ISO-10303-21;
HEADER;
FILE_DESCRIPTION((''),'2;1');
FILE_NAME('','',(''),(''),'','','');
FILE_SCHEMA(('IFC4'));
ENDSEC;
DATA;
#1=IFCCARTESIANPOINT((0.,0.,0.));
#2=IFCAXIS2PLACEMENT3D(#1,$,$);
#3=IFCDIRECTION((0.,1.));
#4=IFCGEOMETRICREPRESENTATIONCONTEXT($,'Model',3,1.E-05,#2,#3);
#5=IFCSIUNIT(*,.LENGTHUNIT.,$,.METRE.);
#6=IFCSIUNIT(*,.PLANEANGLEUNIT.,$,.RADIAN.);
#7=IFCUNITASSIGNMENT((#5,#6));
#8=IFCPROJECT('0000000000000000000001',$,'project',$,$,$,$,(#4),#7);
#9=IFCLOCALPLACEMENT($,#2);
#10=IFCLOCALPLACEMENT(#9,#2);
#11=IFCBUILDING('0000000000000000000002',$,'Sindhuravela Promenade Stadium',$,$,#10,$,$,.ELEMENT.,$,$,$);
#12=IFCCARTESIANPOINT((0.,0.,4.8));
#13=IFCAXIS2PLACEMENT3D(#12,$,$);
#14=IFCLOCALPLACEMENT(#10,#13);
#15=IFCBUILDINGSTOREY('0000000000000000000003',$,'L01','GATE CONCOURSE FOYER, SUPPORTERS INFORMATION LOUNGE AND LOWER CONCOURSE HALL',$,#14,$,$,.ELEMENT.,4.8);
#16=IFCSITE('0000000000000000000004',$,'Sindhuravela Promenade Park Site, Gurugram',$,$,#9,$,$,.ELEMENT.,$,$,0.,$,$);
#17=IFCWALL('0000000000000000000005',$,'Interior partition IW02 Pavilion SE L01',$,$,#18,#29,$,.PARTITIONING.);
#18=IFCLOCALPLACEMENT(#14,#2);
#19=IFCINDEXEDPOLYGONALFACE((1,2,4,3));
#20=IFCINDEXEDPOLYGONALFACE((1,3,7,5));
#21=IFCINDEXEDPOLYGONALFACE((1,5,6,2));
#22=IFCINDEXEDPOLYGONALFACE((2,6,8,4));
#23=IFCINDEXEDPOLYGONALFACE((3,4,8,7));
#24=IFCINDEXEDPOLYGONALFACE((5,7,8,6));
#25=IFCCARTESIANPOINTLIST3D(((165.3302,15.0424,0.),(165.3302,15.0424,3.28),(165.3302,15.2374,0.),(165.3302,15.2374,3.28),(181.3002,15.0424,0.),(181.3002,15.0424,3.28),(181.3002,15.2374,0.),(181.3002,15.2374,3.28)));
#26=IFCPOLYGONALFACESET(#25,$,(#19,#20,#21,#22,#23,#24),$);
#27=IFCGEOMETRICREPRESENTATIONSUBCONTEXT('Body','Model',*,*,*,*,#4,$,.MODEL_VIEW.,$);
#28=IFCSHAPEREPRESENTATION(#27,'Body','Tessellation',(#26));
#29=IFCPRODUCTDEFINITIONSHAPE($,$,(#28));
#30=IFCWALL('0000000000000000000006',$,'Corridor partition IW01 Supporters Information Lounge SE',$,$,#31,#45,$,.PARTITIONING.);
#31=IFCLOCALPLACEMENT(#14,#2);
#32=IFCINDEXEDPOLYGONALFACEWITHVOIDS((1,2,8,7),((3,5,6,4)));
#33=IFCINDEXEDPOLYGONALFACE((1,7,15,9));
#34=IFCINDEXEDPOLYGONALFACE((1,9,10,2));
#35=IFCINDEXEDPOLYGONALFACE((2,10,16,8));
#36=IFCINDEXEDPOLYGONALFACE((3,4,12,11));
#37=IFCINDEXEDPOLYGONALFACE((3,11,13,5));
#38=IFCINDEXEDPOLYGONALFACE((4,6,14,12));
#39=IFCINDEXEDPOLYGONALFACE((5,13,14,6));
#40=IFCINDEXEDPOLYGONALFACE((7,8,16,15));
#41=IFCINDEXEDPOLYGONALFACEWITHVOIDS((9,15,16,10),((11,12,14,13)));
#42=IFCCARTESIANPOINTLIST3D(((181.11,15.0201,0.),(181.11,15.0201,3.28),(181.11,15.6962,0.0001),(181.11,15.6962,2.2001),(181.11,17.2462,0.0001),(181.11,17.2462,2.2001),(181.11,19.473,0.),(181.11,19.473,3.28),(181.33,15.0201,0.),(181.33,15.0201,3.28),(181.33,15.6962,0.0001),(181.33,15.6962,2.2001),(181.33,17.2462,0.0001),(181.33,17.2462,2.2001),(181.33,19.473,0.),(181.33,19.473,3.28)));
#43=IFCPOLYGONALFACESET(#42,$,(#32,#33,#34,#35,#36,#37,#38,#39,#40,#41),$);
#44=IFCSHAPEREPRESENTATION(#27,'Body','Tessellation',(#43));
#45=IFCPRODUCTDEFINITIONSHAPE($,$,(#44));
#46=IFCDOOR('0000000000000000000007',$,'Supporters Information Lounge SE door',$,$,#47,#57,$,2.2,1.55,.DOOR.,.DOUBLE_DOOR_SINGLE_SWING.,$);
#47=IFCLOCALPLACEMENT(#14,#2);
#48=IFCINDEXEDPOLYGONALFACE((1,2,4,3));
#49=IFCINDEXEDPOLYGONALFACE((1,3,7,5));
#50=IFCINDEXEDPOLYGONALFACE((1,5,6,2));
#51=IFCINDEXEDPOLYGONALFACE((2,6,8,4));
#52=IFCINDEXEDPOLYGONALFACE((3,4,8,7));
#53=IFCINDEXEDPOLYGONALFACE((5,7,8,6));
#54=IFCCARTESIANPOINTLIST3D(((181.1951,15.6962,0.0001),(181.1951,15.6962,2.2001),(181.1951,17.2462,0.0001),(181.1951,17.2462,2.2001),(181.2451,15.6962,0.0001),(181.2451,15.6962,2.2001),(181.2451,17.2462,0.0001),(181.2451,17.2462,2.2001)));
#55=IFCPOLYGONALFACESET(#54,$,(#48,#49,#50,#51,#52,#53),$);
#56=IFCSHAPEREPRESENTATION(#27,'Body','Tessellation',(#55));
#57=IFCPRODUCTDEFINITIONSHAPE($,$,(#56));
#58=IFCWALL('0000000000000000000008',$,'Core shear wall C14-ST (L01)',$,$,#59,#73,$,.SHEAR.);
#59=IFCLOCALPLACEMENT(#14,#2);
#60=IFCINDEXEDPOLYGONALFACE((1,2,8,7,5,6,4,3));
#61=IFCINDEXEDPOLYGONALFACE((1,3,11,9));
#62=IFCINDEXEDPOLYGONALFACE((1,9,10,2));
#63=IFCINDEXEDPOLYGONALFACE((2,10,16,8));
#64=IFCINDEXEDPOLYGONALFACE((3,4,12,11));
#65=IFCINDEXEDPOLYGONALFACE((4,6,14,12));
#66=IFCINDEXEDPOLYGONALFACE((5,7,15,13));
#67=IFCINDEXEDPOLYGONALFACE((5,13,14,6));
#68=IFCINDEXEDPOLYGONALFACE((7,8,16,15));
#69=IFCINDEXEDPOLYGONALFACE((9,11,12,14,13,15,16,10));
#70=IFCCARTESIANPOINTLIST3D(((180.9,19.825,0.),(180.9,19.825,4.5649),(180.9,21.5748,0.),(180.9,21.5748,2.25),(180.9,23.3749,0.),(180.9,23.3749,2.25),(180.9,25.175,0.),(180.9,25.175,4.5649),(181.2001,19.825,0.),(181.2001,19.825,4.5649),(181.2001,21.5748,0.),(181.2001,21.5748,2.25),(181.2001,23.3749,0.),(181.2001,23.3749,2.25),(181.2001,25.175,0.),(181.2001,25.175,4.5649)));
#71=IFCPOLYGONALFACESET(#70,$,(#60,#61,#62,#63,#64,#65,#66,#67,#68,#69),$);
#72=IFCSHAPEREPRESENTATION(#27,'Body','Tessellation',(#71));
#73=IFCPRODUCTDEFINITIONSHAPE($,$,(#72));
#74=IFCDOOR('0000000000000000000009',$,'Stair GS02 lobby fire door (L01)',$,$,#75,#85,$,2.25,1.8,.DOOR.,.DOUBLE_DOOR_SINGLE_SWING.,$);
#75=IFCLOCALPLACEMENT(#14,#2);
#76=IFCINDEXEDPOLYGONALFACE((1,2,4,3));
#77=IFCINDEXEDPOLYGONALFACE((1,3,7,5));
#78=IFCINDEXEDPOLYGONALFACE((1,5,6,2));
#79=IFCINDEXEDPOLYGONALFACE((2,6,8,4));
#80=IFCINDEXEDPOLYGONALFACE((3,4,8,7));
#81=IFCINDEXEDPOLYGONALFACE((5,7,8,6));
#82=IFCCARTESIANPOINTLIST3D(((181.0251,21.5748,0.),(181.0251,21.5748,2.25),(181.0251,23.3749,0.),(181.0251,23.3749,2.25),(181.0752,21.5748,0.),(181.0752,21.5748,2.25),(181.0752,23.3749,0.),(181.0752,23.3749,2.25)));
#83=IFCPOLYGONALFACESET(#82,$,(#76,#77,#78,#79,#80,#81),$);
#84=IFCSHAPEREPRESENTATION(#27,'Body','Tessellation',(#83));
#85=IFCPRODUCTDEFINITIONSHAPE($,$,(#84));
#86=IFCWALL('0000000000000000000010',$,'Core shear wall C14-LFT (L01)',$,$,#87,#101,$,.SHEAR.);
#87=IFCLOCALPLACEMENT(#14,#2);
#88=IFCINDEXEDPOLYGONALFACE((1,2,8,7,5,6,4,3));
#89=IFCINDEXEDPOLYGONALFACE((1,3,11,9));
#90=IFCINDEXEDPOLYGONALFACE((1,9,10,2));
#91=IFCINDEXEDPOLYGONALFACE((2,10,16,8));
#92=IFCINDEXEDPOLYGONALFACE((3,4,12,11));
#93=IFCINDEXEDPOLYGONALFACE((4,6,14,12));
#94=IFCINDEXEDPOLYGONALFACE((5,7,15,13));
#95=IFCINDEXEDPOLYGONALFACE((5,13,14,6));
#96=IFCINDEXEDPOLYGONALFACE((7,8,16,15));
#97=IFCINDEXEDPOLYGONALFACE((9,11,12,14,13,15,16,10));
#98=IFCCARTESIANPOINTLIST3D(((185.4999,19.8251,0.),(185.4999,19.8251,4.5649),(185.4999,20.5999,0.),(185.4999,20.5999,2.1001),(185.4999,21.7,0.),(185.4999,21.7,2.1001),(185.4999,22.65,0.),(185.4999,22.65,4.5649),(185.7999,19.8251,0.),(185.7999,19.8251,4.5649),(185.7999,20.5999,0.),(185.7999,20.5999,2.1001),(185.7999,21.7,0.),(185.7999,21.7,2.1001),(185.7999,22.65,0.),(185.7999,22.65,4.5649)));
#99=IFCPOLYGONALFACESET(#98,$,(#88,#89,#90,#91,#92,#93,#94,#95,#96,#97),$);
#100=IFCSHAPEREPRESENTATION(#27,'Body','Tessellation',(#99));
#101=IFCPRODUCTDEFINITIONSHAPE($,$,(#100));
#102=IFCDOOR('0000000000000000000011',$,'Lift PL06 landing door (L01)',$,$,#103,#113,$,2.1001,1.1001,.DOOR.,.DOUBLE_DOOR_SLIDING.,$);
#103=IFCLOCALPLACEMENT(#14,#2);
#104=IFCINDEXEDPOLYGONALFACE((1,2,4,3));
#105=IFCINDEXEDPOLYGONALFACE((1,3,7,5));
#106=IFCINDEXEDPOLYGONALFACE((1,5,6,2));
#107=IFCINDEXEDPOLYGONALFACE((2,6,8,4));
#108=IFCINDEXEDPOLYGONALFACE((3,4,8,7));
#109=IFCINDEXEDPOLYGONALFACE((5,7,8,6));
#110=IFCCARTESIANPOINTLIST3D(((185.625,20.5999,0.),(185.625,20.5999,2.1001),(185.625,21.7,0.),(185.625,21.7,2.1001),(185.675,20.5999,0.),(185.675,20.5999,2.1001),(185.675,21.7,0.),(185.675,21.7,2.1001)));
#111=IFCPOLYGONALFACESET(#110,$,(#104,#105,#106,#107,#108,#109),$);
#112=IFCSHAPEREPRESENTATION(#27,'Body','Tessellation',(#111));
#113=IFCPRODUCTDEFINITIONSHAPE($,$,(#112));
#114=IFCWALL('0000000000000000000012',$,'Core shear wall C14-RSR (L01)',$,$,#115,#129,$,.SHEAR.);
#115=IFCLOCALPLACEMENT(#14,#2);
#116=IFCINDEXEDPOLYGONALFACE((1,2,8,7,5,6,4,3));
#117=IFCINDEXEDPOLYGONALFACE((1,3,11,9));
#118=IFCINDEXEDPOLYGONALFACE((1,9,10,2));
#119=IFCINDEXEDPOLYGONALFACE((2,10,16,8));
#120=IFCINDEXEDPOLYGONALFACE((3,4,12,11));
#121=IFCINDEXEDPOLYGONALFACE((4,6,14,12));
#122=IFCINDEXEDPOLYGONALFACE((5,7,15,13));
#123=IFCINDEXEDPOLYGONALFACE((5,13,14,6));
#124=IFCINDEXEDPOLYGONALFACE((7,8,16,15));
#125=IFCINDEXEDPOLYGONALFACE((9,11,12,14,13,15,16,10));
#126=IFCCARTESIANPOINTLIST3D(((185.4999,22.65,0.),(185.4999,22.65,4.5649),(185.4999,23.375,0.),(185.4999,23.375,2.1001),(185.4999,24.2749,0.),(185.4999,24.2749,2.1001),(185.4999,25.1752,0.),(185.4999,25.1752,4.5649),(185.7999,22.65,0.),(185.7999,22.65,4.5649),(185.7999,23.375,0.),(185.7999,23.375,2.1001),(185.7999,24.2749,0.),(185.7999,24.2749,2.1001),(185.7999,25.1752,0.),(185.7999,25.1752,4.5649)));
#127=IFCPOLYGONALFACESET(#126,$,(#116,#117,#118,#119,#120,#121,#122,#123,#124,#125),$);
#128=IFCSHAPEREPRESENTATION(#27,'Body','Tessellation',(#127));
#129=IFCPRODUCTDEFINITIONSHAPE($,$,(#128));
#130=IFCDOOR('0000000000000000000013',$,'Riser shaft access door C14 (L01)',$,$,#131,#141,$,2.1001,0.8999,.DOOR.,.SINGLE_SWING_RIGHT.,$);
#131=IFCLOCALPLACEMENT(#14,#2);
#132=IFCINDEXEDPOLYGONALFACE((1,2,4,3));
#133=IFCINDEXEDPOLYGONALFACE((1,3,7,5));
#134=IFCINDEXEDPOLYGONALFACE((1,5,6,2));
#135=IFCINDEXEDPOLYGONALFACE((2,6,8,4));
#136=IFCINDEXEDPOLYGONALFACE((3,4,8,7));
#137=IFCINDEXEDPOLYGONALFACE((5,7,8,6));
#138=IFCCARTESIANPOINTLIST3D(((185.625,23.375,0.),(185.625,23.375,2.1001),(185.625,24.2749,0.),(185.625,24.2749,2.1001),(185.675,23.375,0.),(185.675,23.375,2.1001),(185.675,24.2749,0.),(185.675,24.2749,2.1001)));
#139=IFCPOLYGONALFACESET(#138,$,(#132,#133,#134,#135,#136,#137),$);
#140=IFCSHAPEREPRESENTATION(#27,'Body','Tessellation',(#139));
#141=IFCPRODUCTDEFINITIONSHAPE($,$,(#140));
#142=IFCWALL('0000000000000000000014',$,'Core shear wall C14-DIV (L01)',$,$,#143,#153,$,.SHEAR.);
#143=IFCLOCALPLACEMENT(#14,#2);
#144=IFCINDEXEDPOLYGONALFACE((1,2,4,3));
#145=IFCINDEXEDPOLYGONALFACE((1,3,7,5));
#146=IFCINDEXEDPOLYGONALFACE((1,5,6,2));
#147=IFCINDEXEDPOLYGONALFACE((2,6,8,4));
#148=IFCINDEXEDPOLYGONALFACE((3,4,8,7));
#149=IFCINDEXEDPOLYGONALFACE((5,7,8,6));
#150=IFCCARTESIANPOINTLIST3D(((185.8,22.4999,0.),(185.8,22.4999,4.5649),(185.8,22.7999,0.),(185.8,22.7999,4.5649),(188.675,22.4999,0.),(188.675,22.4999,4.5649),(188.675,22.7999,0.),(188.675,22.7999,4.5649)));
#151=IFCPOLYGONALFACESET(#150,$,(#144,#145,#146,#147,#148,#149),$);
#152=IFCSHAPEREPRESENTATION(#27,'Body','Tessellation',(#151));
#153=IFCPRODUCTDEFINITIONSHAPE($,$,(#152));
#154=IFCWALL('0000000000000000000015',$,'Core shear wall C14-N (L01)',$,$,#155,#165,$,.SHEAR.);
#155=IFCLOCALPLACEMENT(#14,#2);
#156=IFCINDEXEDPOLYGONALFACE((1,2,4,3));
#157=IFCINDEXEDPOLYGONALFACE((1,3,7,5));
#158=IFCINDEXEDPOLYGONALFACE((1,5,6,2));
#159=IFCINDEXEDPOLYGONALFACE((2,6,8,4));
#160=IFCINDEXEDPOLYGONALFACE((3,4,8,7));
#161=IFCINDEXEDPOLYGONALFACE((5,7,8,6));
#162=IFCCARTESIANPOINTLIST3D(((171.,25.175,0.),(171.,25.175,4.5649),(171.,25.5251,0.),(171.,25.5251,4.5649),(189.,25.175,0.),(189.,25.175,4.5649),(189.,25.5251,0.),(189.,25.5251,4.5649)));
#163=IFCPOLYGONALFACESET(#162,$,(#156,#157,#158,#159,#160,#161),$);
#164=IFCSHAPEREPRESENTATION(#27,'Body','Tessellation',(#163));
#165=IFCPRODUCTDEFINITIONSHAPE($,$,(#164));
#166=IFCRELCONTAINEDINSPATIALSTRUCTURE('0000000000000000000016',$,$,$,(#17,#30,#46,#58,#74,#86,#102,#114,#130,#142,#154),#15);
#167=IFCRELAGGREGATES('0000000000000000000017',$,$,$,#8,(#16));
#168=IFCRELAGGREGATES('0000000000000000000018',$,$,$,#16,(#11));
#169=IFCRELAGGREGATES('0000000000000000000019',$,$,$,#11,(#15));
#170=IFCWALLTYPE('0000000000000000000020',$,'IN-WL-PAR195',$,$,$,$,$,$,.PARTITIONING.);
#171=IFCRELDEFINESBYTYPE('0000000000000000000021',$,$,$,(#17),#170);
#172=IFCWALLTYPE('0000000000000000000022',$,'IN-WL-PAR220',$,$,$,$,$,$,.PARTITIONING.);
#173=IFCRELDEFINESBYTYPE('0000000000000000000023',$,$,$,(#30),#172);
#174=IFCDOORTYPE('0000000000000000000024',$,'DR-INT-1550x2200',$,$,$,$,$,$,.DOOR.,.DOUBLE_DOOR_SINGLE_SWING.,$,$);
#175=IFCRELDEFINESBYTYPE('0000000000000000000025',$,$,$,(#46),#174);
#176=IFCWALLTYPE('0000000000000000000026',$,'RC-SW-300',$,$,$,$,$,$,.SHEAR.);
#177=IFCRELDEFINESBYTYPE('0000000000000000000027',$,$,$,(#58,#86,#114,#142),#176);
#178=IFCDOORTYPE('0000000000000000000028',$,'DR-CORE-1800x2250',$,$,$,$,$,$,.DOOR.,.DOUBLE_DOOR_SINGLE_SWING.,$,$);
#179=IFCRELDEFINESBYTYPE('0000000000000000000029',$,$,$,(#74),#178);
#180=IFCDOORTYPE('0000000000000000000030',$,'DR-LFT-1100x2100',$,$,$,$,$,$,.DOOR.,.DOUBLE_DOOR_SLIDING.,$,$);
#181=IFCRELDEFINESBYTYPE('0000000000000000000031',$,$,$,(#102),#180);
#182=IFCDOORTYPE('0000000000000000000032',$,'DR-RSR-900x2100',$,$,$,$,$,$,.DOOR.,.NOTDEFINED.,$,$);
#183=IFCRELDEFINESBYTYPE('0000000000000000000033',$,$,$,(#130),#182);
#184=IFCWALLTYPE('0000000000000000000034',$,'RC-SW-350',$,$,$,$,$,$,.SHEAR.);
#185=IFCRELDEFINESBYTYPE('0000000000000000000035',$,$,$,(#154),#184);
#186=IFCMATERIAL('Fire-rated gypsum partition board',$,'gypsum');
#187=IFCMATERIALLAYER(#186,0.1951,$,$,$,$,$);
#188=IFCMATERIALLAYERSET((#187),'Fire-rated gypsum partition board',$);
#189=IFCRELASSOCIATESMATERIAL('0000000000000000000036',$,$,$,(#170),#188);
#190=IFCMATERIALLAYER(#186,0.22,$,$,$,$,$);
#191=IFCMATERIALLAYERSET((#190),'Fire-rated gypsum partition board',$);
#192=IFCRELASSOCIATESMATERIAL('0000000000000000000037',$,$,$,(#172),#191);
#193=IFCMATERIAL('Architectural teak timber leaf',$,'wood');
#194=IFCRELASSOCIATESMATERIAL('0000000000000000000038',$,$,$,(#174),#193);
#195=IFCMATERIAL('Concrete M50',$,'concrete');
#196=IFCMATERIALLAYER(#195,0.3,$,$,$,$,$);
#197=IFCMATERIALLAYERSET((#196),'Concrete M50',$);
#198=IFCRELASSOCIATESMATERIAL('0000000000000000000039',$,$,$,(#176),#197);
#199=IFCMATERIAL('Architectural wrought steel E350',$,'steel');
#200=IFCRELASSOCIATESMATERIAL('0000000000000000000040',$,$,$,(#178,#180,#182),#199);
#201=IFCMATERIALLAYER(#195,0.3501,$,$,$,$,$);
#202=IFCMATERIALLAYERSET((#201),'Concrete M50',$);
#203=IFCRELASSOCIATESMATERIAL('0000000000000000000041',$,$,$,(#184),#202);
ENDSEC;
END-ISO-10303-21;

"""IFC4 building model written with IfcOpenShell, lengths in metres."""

from ifc_helpers import new_model, si_unit, direction, frame, frame_2d, origin, place, context, subcontext, project, spatial, rectangle, extrude, material, layer, layer_set, type_object, element, fill, save


model = new_model("IFC4")

# Units and contexts
model_context = context("Model", 3, precision=1e-05, world=origin(), true_north=direction((0.0, 1.0)))
body_context = subcontext(model_context, "Body", "Model", "MODEL_VIEW")
ifc_project = project(units=[si_unit("LENGTHUNIT", "METRE"), si_unit("PLANEANGLEUNIT", "RADIAN")], contexts=[model_context])

# Site, building, storey
site_placement = place(None, origin())
site = spatial("IfcSite", under=ifc_project, at=site_placement, Name="Sindhuravela Promenade Park Site, Gurugram", CompositionType="ELEMENT", RefElevation=0.0)
building_placement = place(site_placement, origin())
building = spatial("IfcBuilding", under=site, at=building_placement, Name="Sindhuravela Promenade Stadium", CompositionType="ELEMENT")
storey_placement = place(building_placement, frame((0.0, 0.0, 4.8)))
storey = spatial("IfcBuildingStorey", under=building, at=storey_placement, Name="L01", Description="GATE CONCOURSE FOYER, SUPPORTERS INFORMATION LOUNGE AND LOWER CONCOURSE HALL", CompositionType="ELEMENT", Elevation=4.8)

# Wall
ifc_material_1 = material(Name="Fire-rated gypsum partition board", Category="gypsum")
ifc_layer_1 = layer(ifc_material_1, 0.1951)
ifc_layer_set_1 = layer_set([ifc_layer_1], Name="Fire-rated gypsum partition board")
wall_type_1 = type_object("IfcWallType", Name="IN-WL-PAR195", PredefinedType="PARTITIONING", material=ifc_layer_set_1)
wall_1_placement = place(storey_placement, frame((181.3, 15.1399, 0.0), z_axis=(0.0, 0.0, 1.0), x_axis=(-1.0, 0.0, 0.0)))
element("IfcWall", 1, at=wall_1_placement, inside=storey, type_object=wall_type_1, Name="Interior partition IW02 Pavilion SE L01", PredefinedType="PARTITIONING", context=body_context, shape_type="SweptSolid", body=[
    extrude(rectangle(XDim=15.97, YDim=0.1951, at=frame_2d((7.9849, 0.0))), origin(), (0.0, 0.0, 1.0), 3.28),
])

# Walls, openings, doors
ifc_layer_2 = layer(ifc_material_1, 0.22)
ifc_layer_set_2 = layer_set([ifc_layer_2], Name="Fire-rated gypsum partition board")
wall_type_2 = type_object("IfcWallType", Name="IN-WL-PAR220", PredefinedType="PARTITIONING", material=ifc_layer_set_2)
wall_2_placement = place(storey_placement, frame((181.22, 15.02, 0.0), z_axis=(0.0, 0.0, 1.0), x_axis=(0.0, 1.0, 0.0)))
wall_2 = element("IfcWall", 2, at=wall_2_placement, inside=storey, type_object=wall_type_2, Name="Corridor partition IW01 Supporters Information Lounge SE", PredefinedType="PARTITIONING", context=body_context, shape_type="SweptSolid", body=[
    extrude(rectangle(XDim=4.4529, YDim=0.22, at=frame_2d((2.2266, 0.0))), origin(), (0.0, 0.0, 1.0), 3.28),
])
opening_1_placement = place(wall_2_placement, frame((0.6763, 0.0, 0.0)))
opening_1 = element("IfcOpeningElement", 3, at=opening_1_placement, cuts=wall_2, PredefinedType="OPENING", context=body_context, shape_type="SweptSolid", body=[
    extrude(rectangle(XDim=1.55, YDim=2.2, at=frame_2d((0.7749, 1.1001))), frame((0.0, 0.1199, 0.0), z_axis=(0.0, -1.0, 0.0), x_axis=(1.0, 0.0, 0.0)), (0.0, 0.0, 1.0), 0.24),
])
ifc_material_2 = material(Name="Architectural teak timber leaf", Category="wood")
door_type_1 = type_object("IfcDoorType", Name="DR-INT-1550x2200", OperationType="DOUBLE_DOOR_SINGLE_SWING", PredefinedType="DOOR", material=ifc_material_2)
door_1_placement = place(opening_1_placement, origin())
door_1 = element("IfcDoor", 4, at=door_1_placement, inside=storey, type_object=door_type_1, Name="Supporters Information Lounge SE door", OperationType="DOUBLE_DOOR_SINGLE_SWING", OverallHeight=2.2, OverallWidth=1.55, PredefinedType="DOOR", context=body_context, shape_type="SweptSolid", body=[
    extrude(rectangle(XDim=1.55, YDim=2.2, at=frame_2d((0.7749, 1.1001))), frame((0.0, 0.0249, 0.0), z_axis=(0.0, -1.0, 0.0), x_axis=(1.0, 0.0, 0.0)), (0.0, 0.0, 1.0), 0.05),
])
fill(opening_1, door_1)
ifc_material_3 = material(Name="Concrete M50", Category="concrete")
ifc_layer_3 = layer(ifc_material_3, 0.3)
ifc_layer_set_3 = layer_set([ifc_layer_3], Name="Concrete M50")
wall_type_3 = type_object("IfcWallType", Name="RC-SW-300", PredefinedType="SHEAR", material=ifc_layer_set_3)
wall_3_placement = place(storey_placement, frame((181.05, 19.825, 0.0), z_axis=(0.0, 0.0, 1.0), x_axis=(0.0, 1.0, 0.0)))
wall_3 = element("IfcWall", 5, at=wall_3_placement, inside=storey, type_object=wall_type_3, Name="Core shear wall C14-ST (L01)", PredefinedType="SHEAR", context=body_context, shape_type="SweptSolid", body=[
    extrude(rectangle(XDim=5.3501, YDim=0.3, at=frame_2d((2.675, 0.0))), origin(), (0.0, 0.0, 1.0), 4.5649),
])
opening_2_placement = place(wall_3_placement, frame((1.75, 0.0, 0.0)))
opening_2 = element("IfcOpeningElement", 6, at=opening_2_placement, cuts=wall_3, PredefinedType="OPENING", context=body_context, shape_type="SweptSolid", body=[
    extrude(rectangle(XDim=1.8, YDim=2.25, at=frame_2d((0.8999, 1.125))), frame((0.0, 0.1599, 0.0), z_axis=(0.0, -1.0, 0.0), x_axis=(1.0, 0.0, 0.0)), (0.0, 0.0, 1.0), 0.3201),
])
ifc_material_4 = material(Name="Architectural wrought steel E350", Category="steel")
door_type_2 = type_object("IfcDoorType", Name="DR-CORE-1800x2250", OperationType="DOUBLE_DOOR_SINGLE_SWING", PredefinedType="DOOR", material=ifc_material_4)
door_2_placement = place(opening_2_placement, origin())
door_2 = element("IfcDoor", 7, at=door_2_placement, inside=storey, type_object=door_type_2, Name="Stair GS02 lobby fire door (L01)", OperationType="DOUBLE_DOOR_SINGLE_SWING", OverallHeight=2.25, OverallWidth=1.8, PredefinedType="DOOR", context=body_context, shape_type="SweptSolid", body=[
    extrude(rectangle(XDim=1.8, YDim=2.25, at=frame_2d((0.8999, 1.125))), frame((0.0, 0.0249, 0.0), z_axis=(0.0, -1.0, 0.0), x_axis=(1.0, 0.0, 0.0)), (0.0, 0.0, 1.0), 0.05),
])
fill(opening_2, door_2)
wall_4_placement = place(storey_placement, frame((185.6499, 19.825, 0.0), z_axis=(0.0, 0.0, 1.0), x_axis=(0.0, 1.0, 0.0)))
wall_4 = element("IfcWall", 8, at=wall_4_placement, inside=storey, type_object=wall_type_3, Name="Core shear wall C14-LFT (L01)", PredefinedType="SHEAR", context=body_context, shape_type="SweptSolid", body=[
    extrude(rectangle(XDim=2.825, YDim=0.3, at=frame_2d((1.4126, 0.0))), origin(), (0.0, 0.0, 1.0), 4.5649),
])
opening_3_placement = place(wall_4_placement, frame((0.7749, 0.0, 0.0)))
opening_3 = element("IfcOpeningElement", 9, at=opening_3_placement, cuts=wall_4, PredefinedType="OPENING", context=body_context, shape_type="SweptSolid", body=[
    extrude(rectangle(XDim=1.1001, YDim=2.1001, at=frame_2d((0.55, 1.05))), frame((0.0, 0.1599, 0.0), z_axis=(0.0, -1.0, 0.0), x_axis=(1.0, 0.0, 0.0)), (0.0, 0.0, 1.0), 0.3201),
])
door_type_3 = type_object("IfcDoorType", Name="DR-LFT-1100x2100", OperationType="DOUBLE_DOOR_SLIDING", PredefinedType="DOOR", material=ifc_material_4)
door_3_placement = place(opening_3_placement, origin())
door_3 = element("IfcDoor", 10, at=door_3_placement, inside=storey, type_object=door_type_3, Name="Lift PL06 landing door (L01)", OperationType="DOUBLE_DOOR_SLIDING", OverallHeight=2.1001, OverallWidth=1.1001, PredefinedType="DOOR", context=body_context, shape_type="SweptSolid", body=[
    extrude(rectangle(XDim=1.1001, YDim=2.1001, at=frame_2d((0.55, 1.05))), frame((0.0, 0.0249, 0.0), z_axis=(0.0, -1.0, 0.0), x_axis=(1.0, 0.0, 0.0)), (0.0, 0.0, 1.0), 0.05),
])
fill(opening_3, door_3)
wall_5_placement = place(storey_placement, frame((185.6499, 22.6499, 0.0), z_axis=(0.0, 0.0, 1.0), x_axis=(0.0, 1.0, 0.0)))
wall_5 = element("IfcWall", 11, at=wall_5_placement, inside=storey, type_object=wall_type_3, Name="Core shear wall C14-RSR (L01)", PredefinedType="SHEAR", context=body_context, shape_type="SweptSolid", body=[
    extrude(rectangle(XDim=2.5251, YDim=0.3, at=frame_2d((1.2627, 0.0))), origin(), (0.0, 0.0, 1.0), 4.5649),
])
opening_4_placement = place(wall_5_placement, frame((0.7251, 0.0, 0.0)))
opening_4 = element("IfcOpeningElement", 12, at=opening_4_placement, cuts=wall_5, PredefinedType="OPENING", context=body_context, shape_type="SweptSolid", body=[
    extrude(rectangle(XDim=0.8999, YDim=2.1001, at=frame_2d((0.45, 1.05))), frame((0.0, 0.1599, 0.0), z_axis=(0.0, -1.0, 0.0), x_axis=(1.0, 0.0, 0.0)), (0.0, 0.0, 1.0), 0.3201),
])
door_type_4 = type_object("IfcDoorType", Name="DR-RSR-900x2100", OperationType="NOTDEFINED", PredefinedType="DOOR", material=ifc_material_4)
door_4_placement = place(opening_4_placement, origin())
door_4 = element("IfcDoor", 13, at=door_4_placement, inside=storey, type_object=door_type_4, Name="Riser shaft access door C14 (L01)", OperationType="SINGLE_SWING_RIGHT", OverallHeight=2.1001, OverallWidth=0.8999, PredefinedType="DOOR", context=body_context, shape_type="SweptSolid", body=[
    extrude(rectangle(XDim=0.8999, YDim=2.1001, at=frame_2d((0.45, 1.05))), frame((0.0, 0.0249, 0.0), z_axis=(0.0, -1.0, 0.0), x_axis=(1.0, 0.0, 0.0)), (0.0, 0.0, 1.0), 0.05),
])
fill(opening_4, door_4)

# Walls
wall_6_placement = place(storey_placement, frame((185.8, 22.6499, 0.0), z_axis=(0.0, 0.0, 1.0), x_axis=(1.0, 0.0, 0.0)))
element("IfcWall", 14, at=wall_6_placement, inside=storey, type_object=wall_type_3, Name="Core shear wall C14-DIV (L01)", PredefinedType="SHEAR", context=body_context, shape_type="SweptSolid", body=[
    extrude(rectangle(XDim=2.875, YDim=0.3, at=frame_2d((1.4375, 0.0))), origin(), (0.0, 0.0, 1.0), 4.5649),
])
ifc_layer_4 = layer(ifc_material_3, 0.3501)
ifc_layer_set_4 = layer_set([ifc_layer_4], Name="Concrete M50")
wall_type_4 = type_object("IfcWallType", Name="RC-SW-350", PredefinedType="SHEAR", material=ifc_layer_set_4)
wall_7_placement = place(storey_placement, frame((189.0, 25.3501, 0.0), z_axis=(0.0, 0.0, 1.0), x_axis=(-1.0, 0.0, 0.0)))
element("IfcWall", 15, at=wall_7_placement, inside=storey, type_object=wall_type_4, Name="Core shear wall C14-N (L01)", PredefinedType="SHEAR", context=body_context, shape_type="SweptSolid", body=[
    extrude(rectangle(XDim=18.0, YDim=0.3501, at=frame_2d((9.0, 0.0))), origin(), (0.0, 0.0, 1.0), 4.5649),
])

save(model, "model.ifc")
